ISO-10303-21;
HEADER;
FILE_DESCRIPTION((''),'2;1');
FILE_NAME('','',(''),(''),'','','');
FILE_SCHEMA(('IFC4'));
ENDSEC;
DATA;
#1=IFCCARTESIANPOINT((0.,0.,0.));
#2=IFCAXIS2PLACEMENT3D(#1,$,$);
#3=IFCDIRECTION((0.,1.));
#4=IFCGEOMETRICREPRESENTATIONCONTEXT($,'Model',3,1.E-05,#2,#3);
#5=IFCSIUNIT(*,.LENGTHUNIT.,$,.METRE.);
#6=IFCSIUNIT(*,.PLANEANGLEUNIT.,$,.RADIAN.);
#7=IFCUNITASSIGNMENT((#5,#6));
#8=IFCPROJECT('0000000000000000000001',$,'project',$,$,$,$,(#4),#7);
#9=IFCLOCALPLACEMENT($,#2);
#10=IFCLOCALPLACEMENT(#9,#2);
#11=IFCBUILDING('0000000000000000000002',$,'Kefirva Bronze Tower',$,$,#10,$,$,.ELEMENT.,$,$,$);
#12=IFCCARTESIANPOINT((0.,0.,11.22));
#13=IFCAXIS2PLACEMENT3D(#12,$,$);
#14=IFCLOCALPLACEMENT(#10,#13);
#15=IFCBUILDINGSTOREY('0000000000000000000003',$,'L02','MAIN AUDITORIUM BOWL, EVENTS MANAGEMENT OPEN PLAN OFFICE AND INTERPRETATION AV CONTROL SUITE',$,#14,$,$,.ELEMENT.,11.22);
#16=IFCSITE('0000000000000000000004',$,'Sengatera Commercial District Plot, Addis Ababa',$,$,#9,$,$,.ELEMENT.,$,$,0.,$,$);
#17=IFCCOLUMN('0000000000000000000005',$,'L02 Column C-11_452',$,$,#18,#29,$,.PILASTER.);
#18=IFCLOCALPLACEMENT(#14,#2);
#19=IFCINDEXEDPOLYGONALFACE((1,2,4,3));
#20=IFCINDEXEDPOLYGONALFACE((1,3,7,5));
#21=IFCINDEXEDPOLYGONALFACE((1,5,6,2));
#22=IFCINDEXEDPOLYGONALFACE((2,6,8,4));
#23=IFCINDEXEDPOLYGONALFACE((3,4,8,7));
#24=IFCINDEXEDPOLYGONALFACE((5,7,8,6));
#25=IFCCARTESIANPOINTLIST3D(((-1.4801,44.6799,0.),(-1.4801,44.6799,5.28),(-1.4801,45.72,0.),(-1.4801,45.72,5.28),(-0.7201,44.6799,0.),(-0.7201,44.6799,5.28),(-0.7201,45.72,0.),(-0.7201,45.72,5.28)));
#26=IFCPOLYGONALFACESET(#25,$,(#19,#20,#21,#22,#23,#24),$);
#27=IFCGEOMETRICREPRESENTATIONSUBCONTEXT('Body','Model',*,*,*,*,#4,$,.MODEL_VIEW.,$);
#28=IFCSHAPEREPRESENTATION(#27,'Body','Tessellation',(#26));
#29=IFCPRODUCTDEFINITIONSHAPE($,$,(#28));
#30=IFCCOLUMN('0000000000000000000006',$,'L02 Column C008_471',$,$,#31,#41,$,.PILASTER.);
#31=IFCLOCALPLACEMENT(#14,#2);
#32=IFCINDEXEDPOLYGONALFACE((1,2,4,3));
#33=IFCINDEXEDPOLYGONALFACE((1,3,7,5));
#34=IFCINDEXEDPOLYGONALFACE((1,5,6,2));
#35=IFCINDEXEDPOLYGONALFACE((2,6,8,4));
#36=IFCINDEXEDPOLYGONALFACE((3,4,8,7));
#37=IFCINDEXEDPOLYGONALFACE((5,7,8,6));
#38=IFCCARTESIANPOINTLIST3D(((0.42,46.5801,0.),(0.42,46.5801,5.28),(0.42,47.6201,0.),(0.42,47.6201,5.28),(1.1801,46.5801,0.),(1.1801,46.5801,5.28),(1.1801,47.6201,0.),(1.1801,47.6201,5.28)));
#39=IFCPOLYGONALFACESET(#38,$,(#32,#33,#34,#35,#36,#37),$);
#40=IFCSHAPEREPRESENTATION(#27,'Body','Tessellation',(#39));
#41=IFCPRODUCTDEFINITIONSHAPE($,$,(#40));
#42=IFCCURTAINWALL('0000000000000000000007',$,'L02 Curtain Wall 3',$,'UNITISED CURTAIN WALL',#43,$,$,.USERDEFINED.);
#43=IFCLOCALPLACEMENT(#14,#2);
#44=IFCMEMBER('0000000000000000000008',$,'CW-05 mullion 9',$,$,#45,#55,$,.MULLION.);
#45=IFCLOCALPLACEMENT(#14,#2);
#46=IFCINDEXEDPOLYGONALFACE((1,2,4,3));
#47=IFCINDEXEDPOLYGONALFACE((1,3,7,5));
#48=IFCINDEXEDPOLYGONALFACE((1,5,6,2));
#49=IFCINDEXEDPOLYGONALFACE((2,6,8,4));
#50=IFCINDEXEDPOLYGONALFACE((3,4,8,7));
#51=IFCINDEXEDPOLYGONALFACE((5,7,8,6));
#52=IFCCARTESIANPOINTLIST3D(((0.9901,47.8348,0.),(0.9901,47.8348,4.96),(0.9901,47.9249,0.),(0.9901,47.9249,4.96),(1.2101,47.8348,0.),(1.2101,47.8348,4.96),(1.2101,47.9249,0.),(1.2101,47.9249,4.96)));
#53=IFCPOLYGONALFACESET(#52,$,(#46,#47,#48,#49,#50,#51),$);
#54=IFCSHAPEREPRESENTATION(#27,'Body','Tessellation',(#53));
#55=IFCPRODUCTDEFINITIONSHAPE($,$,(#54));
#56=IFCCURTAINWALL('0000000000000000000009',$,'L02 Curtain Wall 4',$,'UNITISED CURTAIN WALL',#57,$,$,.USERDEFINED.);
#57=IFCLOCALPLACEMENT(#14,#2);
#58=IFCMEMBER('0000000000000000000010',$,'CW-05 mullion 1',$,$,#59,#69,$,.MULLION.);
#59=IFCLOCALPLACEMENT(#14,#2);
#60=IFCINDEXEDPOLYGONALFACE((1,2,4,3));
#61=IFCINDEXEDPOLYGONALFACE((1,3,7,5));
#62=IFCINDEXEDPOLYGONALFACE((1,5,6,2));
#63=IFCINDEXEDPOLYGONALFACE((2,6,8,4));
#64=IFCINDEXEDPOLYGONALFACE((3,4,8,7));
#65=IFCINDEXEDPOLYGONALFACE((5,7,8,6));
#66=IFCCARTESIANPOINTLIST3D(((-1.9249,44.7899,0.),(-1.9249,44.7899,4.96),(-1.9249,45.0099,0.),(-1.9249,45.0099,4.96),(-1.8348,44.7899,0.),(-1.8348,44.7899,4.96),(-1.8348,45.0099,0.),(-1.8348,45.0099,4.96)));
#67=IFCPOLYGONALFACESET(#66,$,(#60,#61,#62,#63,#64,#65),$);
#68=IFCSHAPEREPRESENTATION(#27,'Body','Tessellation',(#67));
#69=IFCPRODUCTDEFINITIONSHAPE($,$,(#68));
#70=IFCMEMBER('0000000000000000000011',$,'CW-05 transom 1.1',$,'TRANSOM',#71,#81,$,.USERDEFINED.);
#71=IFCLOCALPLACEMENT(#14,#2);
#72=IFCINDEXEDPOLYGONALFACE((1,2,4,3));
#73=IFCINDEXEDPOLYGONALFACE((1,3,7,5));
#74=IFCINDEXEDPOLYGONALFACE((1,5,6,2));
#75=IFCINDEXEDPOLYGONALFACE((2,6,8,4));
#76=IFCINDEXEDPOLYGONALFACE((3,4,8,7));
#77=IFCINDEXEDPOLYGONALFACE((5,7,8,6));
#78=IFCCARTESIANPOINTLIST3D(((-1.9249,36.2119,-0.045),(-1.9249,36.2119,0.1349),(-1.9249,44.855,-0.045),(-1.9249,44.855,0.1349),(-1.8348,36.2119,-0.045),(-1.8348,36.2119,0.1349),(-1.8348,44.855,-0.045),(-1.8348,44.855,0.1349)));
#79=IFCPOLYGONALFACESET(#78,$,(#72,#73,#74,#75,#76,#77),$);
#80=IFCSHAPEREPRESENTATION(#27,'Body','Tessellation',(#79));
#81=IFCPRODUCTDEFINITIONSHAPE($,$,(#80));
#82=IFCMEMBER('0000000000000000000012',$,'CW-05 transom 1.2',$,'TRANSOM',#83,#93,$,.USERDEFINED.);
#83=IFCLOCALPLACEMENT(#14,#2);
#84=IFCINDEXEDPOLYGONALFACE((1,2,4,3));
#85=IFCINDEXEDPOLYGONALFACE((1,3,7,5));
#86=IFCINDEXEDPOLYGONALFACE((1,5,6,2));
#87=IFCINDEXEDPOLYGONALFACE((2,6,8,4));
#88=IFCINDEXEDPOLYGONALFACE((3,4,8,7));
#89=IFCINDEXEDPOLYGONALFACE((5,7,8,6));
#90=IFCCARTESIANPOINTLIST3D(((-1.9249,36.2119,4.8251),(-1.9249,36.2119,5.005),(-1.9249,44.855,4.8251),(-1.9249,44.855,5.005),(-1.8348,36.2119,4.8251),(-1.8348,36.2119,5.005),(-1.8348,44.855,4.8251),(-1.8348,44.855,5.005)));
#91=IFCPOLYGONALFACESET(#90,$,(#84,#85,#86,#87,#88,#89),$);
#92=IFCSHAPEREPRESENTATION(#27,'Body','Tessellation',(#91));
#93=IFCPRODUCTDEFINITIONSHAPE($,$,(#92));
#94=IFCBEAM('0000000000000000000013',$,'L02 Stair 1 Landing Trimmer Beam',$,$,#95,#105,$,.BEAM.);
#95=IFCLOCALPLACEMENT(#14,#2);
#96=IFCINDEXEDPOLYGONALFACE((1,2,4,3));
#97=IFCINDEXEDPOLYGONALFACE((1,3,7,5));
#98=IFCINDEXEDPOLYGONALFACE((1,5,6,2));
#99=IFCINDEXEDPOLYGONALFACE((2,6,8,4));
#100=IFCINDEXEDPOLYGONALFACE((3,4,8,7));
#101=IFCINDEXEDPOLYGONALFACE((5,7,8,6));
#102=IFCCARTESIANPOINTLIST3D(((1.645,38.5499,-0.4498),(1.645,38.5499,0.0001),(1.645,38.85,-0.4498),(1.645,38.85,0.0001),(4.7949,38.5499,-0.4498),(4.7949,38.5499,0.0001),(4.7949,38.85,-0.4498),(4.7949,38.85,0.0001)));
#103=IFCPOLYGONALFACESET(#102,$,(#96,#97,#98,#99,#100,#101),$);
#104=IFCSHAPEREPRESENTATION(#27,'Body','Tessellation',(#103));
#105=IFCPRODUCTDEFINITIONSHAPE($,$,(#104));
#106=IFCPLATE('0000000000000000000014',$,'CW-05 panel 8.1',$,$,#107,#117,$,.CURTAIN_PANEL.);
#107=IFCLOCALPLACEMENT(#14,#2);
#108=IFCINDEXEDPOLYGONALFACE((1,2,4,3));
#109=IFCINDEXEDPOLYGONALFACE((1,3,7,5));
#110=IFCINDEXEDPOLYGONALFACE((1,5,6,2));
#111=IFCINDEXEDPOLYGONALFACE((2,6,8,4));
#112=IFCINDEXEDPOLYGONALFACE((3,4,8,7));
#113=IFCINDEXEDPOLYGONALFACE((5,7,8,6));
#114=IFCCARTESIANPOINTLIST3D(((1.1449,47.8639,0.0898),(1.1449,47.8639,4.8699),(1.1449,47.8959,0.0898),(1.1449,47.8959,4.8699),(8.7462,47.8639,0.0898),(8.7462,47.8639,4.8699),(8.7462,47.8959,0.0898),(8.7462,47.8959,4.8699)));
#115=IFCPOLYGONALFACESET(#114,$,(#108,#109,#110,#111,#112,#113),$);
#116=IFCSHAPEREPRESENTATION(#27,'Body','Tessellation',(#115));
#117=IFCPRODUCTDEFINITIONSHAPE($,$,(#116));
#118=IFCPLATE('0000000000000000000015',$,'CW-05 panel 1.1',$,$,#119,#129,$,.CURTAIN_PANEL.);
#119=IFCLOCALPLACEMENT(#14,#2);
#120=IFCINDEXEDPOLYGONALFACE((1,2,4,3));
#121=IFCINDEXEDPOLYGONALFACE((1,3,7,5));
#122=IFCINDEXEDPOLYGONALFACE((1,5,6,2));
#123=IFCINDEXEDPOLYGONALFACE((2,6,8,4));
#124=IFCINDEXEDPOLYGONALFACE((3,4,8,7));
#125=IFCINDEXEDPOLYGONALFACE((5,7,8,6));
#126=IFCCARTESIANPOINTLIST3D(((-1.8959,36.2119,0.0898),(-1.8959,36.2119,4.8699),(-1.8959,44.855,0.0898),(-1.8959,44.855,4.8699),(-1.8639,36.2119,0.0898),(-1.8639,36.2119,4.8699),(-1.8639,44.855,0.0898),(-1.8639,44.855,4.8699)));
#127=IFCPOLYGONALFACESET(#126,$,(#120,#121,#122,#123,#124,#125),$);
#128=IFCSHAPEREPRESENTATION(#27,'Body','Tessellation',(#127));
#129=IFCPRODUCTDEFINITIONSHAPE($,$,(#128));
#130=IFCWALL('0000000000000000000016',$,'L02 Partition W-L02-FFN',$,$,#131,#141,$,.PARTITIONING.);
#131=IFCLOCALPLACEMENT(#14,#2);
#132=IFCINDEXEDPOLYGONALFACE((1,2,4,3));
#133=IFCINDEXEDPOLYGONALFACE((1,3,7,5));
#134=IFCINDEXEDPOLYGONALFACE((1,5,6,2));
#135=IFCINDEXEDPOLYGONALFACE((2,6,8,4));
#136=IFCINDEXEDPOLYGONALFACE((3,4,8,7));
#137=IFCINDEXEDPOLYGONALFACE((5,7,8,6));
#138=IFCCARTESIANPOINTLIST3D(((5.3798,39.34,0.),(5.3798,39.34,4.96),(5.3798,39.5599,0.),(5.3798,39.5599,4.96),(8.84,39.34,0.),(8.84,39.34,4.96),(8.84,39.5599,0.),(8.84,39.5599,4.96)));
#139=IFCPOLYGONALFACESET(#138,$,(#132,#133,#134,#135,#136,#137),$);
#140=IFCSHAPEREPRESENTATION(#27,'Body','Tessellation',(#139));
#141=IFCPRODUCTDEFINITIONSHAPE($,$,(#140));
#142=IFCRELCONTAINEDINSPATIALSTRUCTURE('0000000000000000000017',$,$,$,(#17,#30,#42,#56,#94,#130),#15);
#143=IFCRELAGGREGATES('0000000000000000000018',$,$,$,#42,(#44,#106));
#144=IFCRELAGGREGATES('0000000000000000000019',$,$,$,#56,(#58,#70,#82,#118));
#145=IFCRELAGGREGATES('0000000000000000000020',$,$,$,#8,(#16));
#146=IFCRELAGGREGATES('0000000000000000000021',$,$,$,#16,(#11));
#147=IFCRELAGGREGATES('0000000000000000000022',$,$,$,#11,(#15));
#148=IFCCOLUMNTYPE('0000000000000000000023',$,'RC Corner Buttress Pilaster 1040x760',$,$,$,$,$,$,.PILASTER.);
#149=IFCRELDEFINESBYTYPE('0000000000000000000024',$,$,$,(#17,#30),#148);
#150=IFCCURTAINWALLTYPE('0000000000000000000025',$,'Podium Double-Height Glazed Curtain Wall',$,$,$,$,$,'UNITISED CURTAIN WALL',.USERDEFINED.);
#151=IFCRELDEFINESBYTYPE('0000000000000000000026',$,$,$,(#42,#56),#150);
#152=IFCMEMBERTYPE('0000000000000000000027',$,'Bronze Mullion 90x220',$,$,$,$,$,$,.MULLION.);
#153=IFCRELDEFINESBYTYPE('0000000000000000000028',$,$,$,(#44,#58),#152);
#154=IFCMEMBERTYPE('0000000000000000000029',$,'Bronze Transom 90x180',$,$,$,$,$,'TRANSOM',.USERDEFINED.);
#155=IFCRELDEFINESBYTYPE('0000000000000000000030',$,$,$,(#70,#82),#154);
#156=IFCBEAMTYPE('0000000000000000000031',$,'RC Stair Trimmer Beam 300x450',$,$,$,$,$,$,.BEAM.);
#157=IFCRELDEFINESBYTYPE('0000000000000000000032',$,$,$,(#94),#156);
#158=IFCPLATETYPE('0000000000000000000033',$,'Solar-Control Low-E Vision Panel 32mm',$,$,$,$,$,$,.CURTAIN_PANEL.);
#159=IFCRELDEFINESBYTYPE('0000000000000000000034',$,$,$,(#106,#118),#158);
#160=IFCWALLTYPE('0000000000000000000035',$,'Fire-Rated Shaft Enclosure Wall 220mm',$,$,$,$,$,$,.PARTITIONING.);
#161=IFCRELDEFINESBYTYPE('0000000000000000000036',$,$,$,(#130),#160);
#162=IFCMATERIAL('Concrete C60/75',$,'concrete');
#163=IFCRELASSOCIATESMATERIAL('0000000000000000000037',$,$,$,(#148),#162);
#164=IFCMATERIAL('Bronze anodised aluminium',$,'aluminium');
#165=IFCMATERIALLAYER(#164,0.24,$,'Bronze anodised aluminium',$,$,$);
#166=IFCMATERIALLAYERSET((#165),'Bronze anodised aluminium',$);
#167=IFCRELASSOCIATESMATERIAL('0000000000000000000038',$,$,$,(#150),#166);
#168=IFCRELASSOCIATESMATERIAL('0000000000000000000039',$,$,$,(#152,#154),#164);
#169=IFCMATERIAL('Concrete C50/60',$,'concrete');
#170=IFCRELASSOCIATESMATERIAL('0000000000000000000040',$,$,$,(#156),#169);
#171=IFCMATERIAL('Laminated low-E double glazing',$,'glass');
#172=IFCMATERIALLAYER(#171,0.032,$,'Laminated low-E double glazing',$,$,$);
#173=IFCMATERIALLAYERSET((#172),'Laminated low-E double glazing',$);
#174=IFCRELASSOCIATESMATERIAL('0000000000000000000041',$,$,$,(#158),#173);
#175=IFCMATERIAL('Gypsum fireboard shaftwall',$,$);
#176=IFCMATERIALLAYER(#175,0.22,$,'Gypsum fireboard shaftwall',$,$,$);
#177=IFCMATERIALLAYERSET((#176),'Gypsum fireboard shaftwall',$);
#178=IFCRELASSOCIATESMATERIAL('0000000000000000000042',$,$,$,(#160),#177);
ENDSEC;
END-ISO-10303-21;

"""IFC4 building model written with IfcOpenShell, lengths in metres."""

from ifc_helpers import new_model, si_unit, direction, frame, frame_2d, origin, origin_2d, place, context, subcontext, project, spatial, rectangle, extrude, material, layer, layer_set, material_profile, profile_set, type_object, element, aggregate, save


model = new_model("IFC4")

# Units and contexts
model_context = context("Model", 3, precision=1e-05, world=origin(), true_north=direction((0.0, 1.0)))
body_context = subcontext(model_context, "Body", "Model", "MODEL_VIEW")
ifc_project = project(units=[si_unit("LENGTHUNIT", "METRE"), si_unit("PLANEANGLEUNIT", "RADIAN")], contexts=[model_context])

# Site, building, storey
site_placement = place(None, origin())
site = spatial("IfcSite", under=ifc_project, at=site_placement, Name="Sengatera Commercial District Plot, Addis Ababa", CompositionType="ELEMENT", RefElevation=0.0)
building_placement = place(site_placement, origin())
building = spatial("IfcBuilding", under=site, at=building_placement, Name="Kefirva Bronze Tower", CompositionType="ELEMENT")
storey_placement = place(building_placement, frame((0.0, 0.0, 11.22)))
storey = spatial("IfcBuildingStorey", under=building, at=storey_placement, Name="L02", Description="MAIN AUDITORIUM BOWL, EVENTS MANAGEMENT OPEN PLAN OFFICE AND INTERPRETATION AV CONTROL SUITE", CompositionType="ELEMENT", Elevation=11.22)

# Columns
ifc_material_1 = material(Name="Concrete C60/75", Category="concrete")
ifc_material_profile_1 = material_profile(ifc_material_1, rectangle(XDim=0.76, YDim=1.04, at=origin_2d()), Name="RC 760x1040")
ifc_profile_set_1 = profile_set([ifc_material_profile_1], Name="Concrete C60/75")
column_type = type_object("IfcColumnType", Name="RC Corner Buttress Pilaster 1040x760", PredefinedType="PILASTER", material=ifc_profile_set_1)
for number, where, z_axis, x_axis, name in (
    (1, (-1.1001, 45.2, 0.0), (0.0, 0.0, 1.0), (1.0, 0.0, 0.0), "L02 Column C-11_452"),
    (2, (0.8, 47.1001, 0.0), (0.0, 0.0, 1.0), (1.0, 0.0, 0.0), "L02 Column C008_471"),
):
    element("IfcColumn", number, at=place(storey_placement, frame(where, z_axis=z_axis, x_axis=x_axis)), inside=storey, type_object=column_type, Name=name, PredefinedType="PILASTER", context=body_context, shape_type="SweptSolid", body=[
        extrude(rectangle(XDim=0.76, YDim=1.04, at=origin_2d()), origin(), (0.0, 0.0, 1.0), 5.28),
    ])

# Curtain wall, member
ifc_material_2 = material(Name="Bronze anodised aluminium", Category="aluminium")
ifc_layer_1 = layer(ifc_material_2, 0.24, Name="Bronze anodised aluminium")
ifc_layer_set_1 = layer_set([ifc_layer_1], Name="Bronze anodised aluminium")
curtain_wall_type = type_object("IfcCurtainWallType", Name="Podium Double-Height Glazed Curtain Wall", ElementType="UNITISED CURTAIN WALL", PredefinedType="USERDEFINED", material=ifc_layer_set_1)
curtain_wall_1_placement = place(storey_placement, origin())
curtain_wall_1 = element("IfcCurtainWall", 3, at=curtain_wall_1_placement, inside=storey, type_object=curtain_wall_type, Name="L02 Curtain Wall 3", ObjectType="UNITISED CURTAIN WALL", PredefinedType="USERDEFINED")
ifc_material_profile_2 = material_profile(ifc_material_2, rectangle(XDim=0.0901, YDim=0.22, at=origin_2d()), Name="ALU 90x220")
ifc_profile_set_2 = profile_set([ifc_material_profile_2], Name="Bronze anodised aluminium")
member_type_1 = type_object("IfcMemberType", Name="Bronze Mullion 90x220", PredefinedType="MULLION", material=ifc_profile_set_2)
member_1_placement = place(storey_placement, frame((1.1001, 47.8799, 0.0), z_axis=(0.0, 0.0, 1.0), x_axis=(0.0, -1.0, 0.0)))
member_1 = element("IfcMember", 4, at=member_1_placement, type_object=member_type_1, Name="CW-05 mullion 9", PredefinedType="MULLION", context=body_context, shape_type="SweptSolid", body=[
    extrude(rectangle(XDim=0.0901, YDim=0.22, at=origin_2d()), origin(), (0.0, 0.0, 1.0), 4.96),
])

# Curtain wall, members
curtain_wall_2_placement = place(storey_placement, origin())
curtain_wall_2 = element("IfcCurtainWall", 5, at=curtain_wall_2_placement, inside=storey, type_object=curtain_wall_type, Name="L02 Curtain Wall 4", ObjectType="UNITISED CURTAIN WALL", PredefinedType="USERDEFINED")
member_2_placement = place(storey_placement, frame((-1.8799, 44.8999, 0.0), z_axis=(0.0, 0.0, 1.0), x_axis=(1.0, 0.0, 0.0)))
member_2 = element("IfcMember", 6, at=member_2_placement, type_object=member_type_1, Name="CW-05 mullion 1", PredefinedType="MULLION", context=body_context, shape_type="SweptSolid", body=[
    extrude(rectangle(XDim=0.0901, YDim=0.22, at=origin_2d()), origin(), (0.0, 0.0, 1.0), 4.96),
])
ifc_material_profile_3 = material_profile(ifc_material_2, rectangle(XDim=0.0901, YDim=0.1799, at=origin_2d()), Name="ALU 90x180")
ifc_profile_set_3 = profile_set([ifc_material_profile_3], Name="Bronze anodised aluminium")
member_type_2 = type_object("IfcMemberType", Name="Bronze Transom 90x180", ElementType="TRANSOM", PredefinedType="USERDEFINED", material=ifc_profile_set_3)
member_3_placement = place(storey_placement, frame((-1.8799, 44.855, 0.0449), z_axis=(0.0, -1.0, 0.0), x_axis=(1.0, 0.0, 0.0)))
member_3 = element("IfcMember", 7, at=member_3_placement, type_object=member_type_2, Name="CW-05 transom 1.1", ObjectType="TRANSOM", PredefinedType="USERDEFINED", context=body_context, shape_type="SweptSolid", body=[
    extrude(rectangle(XDim=0.0901, YDim=0.1799, at=origin_2d()), origin(), (0.0, 0.0, 1.0), 8.6431),
])
member_4_placement = place(storey_placement, frame((-1.8799, 44.855, 4.915), z_axis=(0.0, -1.0, 0.0), x_axis=(1.0, 0.0, 0.0)))
member_4 = element("IfcMember", 8, at=member_4_placement, type_object=member_type_2, Name="CW-05 transom 1.2", ObjectType="TRANSOM", PredefinedType="USERDEFINED", context=body_context, shape_type="SweptSolid", body=[
    extrude(rectangle(XDim=0.0901, YDim=0.1799, at=origin_2d()), origin(), (0.0, 0.0, 1.0), 8.6431),
])

# Beam
ifc_material_3 = material(Name="Concrete C50/60", Category="concrete")
ifc_material_profile_4 = material_profile(ifc_material_3, rectangle(XDim=0.3, YDim=0.45, at=origin_2d()), Name="RC 300x450")
ifc_profile_set_4 = profile_set([ifc_material_profile_4], Name="Concrete C50/60")
beam_type = type_object("IfcBeamType", Name="RC Stair Trimmer Beam 300x450", PredefinedType="BEAM", material=ifc_profile_set_4)
beam_placement = place(storey_placement, frame((1.645, 38.7, -0.2249), z_axis=(1.0, 0.0, 0.0), x_axis=(0.0, 1.0, 0.0)))
element("IfcBeam", 9, at=beam_placement, inside=storey, type_object=beam_type, Name="L02 Stair 1 Landing Trimmer Beam", PredefinedType="BEAM", context=body_context, shape_type="SweptSolid", body=[
    extrude(rectangle(XDim=0.3, YDim=0.45, at=origin_2d()), origin(), (0.0, 0.0, 1.0), 3.1499),
])

# Plates
ifc_material_4 = material(Name="Laminated low-E double glazing", Category="glass")
ifc_layer_2 = layer(ifc_material_4, 0.032, Name="Laminated low-E double glazing")
ifc_layer_set_2 = layer_set([ifc_layer_2], Name="Laminated low-E double glazing")
plate_type = type_object("IfcPlateType", Name="Solar-Control Low-E Vision Panel 32mm", PredefinedType="CURTAIN_PANEL", material=ifc_layer_set_2)
plate_1_placement = place(storey_placement, frame((4.9456, 47.8799, 0.0898), z_axis=(0.0, 0.0, 1.0), x_axis=(-1.0, 0.0, 0.0)))
plate_1 = element("IfcPlate", 10, at=plate_1_placement, type_object=plate_type, Name="CW-05 panel 8.1", PredefinedType="CURTAIN_PANEL", context=body_context, shape_type="SweptSolid", body=[
    extrude(rectangle(XDim=7.6013, YDim=0.032, at=origin_2d()), origin(), (0.0, 0.0, 1.0), 4.78),
])
aggregate(curtain_wall_1, [member_1, plate_1])
plate_2_placement = place(storey_placement, frame((-1.8799, 40.5334, 0.0898), z_axis=(0.0, 0.0, 1.0), x_axis=(0.0, -1.0, 0.0)))
plate_2 = element("IfcPlate", 11, at=plate_2_placement, type_object=plate_type, Name="CW-05 panel 1.1", PredefinedType="CURTAIN_PANEL", context=body_context, shape_type="SweptSolid", body=[
    extrude(rectangle(XDim=8.6431, YDim=0.032, at=origin_2d()), origin(), (0.0, 0.0, 1.0), 4.78),
])
aggregate(curtain_wall_2, [member_2, member_3, member_4, plate_2])

# Shared definitions
ifc_material_5 = material(Name="Gypsum fireboard shaftwall")
ifc_layer_3 = layer(ifc_material_5, 0.22, Name="Gypsum fireboard shaftwall")
ifc_layer_set_3 = layer_set([ifc_layer_3], Name="Gypsum fireboard shaftwall")
wall_type_1 = type_object("IfcWallType", Name="Fire-Rated Shaft Enclosure Wall 220mm", PredefinedType="PARTITIONING", material=ifc_layer_set_3)

# Wall
wall_1_placement = place(storey_placement, frame((5.3799, 39.45, 0.0), z_axis=(0.0, 0.0, 1.0), x_axis=(1.0, 0.0, 0.0)))
element("IfcWall", 12, at=wall_1_placement, inside=storey, type_object=wall_type_1, Name="L02 Partition W-L02-FFN", PredefinedType="PARTITIONING", context=body_context, shape_type="SweptSolid", body=[
    extrude(rectangle(XDim=3.4602, YDim=0.22, at=frame_2d((1.73, 0.0))), origin(), (0.0, 0.0, 1.0), 4.96),
])

save(model, "model.ifc")
